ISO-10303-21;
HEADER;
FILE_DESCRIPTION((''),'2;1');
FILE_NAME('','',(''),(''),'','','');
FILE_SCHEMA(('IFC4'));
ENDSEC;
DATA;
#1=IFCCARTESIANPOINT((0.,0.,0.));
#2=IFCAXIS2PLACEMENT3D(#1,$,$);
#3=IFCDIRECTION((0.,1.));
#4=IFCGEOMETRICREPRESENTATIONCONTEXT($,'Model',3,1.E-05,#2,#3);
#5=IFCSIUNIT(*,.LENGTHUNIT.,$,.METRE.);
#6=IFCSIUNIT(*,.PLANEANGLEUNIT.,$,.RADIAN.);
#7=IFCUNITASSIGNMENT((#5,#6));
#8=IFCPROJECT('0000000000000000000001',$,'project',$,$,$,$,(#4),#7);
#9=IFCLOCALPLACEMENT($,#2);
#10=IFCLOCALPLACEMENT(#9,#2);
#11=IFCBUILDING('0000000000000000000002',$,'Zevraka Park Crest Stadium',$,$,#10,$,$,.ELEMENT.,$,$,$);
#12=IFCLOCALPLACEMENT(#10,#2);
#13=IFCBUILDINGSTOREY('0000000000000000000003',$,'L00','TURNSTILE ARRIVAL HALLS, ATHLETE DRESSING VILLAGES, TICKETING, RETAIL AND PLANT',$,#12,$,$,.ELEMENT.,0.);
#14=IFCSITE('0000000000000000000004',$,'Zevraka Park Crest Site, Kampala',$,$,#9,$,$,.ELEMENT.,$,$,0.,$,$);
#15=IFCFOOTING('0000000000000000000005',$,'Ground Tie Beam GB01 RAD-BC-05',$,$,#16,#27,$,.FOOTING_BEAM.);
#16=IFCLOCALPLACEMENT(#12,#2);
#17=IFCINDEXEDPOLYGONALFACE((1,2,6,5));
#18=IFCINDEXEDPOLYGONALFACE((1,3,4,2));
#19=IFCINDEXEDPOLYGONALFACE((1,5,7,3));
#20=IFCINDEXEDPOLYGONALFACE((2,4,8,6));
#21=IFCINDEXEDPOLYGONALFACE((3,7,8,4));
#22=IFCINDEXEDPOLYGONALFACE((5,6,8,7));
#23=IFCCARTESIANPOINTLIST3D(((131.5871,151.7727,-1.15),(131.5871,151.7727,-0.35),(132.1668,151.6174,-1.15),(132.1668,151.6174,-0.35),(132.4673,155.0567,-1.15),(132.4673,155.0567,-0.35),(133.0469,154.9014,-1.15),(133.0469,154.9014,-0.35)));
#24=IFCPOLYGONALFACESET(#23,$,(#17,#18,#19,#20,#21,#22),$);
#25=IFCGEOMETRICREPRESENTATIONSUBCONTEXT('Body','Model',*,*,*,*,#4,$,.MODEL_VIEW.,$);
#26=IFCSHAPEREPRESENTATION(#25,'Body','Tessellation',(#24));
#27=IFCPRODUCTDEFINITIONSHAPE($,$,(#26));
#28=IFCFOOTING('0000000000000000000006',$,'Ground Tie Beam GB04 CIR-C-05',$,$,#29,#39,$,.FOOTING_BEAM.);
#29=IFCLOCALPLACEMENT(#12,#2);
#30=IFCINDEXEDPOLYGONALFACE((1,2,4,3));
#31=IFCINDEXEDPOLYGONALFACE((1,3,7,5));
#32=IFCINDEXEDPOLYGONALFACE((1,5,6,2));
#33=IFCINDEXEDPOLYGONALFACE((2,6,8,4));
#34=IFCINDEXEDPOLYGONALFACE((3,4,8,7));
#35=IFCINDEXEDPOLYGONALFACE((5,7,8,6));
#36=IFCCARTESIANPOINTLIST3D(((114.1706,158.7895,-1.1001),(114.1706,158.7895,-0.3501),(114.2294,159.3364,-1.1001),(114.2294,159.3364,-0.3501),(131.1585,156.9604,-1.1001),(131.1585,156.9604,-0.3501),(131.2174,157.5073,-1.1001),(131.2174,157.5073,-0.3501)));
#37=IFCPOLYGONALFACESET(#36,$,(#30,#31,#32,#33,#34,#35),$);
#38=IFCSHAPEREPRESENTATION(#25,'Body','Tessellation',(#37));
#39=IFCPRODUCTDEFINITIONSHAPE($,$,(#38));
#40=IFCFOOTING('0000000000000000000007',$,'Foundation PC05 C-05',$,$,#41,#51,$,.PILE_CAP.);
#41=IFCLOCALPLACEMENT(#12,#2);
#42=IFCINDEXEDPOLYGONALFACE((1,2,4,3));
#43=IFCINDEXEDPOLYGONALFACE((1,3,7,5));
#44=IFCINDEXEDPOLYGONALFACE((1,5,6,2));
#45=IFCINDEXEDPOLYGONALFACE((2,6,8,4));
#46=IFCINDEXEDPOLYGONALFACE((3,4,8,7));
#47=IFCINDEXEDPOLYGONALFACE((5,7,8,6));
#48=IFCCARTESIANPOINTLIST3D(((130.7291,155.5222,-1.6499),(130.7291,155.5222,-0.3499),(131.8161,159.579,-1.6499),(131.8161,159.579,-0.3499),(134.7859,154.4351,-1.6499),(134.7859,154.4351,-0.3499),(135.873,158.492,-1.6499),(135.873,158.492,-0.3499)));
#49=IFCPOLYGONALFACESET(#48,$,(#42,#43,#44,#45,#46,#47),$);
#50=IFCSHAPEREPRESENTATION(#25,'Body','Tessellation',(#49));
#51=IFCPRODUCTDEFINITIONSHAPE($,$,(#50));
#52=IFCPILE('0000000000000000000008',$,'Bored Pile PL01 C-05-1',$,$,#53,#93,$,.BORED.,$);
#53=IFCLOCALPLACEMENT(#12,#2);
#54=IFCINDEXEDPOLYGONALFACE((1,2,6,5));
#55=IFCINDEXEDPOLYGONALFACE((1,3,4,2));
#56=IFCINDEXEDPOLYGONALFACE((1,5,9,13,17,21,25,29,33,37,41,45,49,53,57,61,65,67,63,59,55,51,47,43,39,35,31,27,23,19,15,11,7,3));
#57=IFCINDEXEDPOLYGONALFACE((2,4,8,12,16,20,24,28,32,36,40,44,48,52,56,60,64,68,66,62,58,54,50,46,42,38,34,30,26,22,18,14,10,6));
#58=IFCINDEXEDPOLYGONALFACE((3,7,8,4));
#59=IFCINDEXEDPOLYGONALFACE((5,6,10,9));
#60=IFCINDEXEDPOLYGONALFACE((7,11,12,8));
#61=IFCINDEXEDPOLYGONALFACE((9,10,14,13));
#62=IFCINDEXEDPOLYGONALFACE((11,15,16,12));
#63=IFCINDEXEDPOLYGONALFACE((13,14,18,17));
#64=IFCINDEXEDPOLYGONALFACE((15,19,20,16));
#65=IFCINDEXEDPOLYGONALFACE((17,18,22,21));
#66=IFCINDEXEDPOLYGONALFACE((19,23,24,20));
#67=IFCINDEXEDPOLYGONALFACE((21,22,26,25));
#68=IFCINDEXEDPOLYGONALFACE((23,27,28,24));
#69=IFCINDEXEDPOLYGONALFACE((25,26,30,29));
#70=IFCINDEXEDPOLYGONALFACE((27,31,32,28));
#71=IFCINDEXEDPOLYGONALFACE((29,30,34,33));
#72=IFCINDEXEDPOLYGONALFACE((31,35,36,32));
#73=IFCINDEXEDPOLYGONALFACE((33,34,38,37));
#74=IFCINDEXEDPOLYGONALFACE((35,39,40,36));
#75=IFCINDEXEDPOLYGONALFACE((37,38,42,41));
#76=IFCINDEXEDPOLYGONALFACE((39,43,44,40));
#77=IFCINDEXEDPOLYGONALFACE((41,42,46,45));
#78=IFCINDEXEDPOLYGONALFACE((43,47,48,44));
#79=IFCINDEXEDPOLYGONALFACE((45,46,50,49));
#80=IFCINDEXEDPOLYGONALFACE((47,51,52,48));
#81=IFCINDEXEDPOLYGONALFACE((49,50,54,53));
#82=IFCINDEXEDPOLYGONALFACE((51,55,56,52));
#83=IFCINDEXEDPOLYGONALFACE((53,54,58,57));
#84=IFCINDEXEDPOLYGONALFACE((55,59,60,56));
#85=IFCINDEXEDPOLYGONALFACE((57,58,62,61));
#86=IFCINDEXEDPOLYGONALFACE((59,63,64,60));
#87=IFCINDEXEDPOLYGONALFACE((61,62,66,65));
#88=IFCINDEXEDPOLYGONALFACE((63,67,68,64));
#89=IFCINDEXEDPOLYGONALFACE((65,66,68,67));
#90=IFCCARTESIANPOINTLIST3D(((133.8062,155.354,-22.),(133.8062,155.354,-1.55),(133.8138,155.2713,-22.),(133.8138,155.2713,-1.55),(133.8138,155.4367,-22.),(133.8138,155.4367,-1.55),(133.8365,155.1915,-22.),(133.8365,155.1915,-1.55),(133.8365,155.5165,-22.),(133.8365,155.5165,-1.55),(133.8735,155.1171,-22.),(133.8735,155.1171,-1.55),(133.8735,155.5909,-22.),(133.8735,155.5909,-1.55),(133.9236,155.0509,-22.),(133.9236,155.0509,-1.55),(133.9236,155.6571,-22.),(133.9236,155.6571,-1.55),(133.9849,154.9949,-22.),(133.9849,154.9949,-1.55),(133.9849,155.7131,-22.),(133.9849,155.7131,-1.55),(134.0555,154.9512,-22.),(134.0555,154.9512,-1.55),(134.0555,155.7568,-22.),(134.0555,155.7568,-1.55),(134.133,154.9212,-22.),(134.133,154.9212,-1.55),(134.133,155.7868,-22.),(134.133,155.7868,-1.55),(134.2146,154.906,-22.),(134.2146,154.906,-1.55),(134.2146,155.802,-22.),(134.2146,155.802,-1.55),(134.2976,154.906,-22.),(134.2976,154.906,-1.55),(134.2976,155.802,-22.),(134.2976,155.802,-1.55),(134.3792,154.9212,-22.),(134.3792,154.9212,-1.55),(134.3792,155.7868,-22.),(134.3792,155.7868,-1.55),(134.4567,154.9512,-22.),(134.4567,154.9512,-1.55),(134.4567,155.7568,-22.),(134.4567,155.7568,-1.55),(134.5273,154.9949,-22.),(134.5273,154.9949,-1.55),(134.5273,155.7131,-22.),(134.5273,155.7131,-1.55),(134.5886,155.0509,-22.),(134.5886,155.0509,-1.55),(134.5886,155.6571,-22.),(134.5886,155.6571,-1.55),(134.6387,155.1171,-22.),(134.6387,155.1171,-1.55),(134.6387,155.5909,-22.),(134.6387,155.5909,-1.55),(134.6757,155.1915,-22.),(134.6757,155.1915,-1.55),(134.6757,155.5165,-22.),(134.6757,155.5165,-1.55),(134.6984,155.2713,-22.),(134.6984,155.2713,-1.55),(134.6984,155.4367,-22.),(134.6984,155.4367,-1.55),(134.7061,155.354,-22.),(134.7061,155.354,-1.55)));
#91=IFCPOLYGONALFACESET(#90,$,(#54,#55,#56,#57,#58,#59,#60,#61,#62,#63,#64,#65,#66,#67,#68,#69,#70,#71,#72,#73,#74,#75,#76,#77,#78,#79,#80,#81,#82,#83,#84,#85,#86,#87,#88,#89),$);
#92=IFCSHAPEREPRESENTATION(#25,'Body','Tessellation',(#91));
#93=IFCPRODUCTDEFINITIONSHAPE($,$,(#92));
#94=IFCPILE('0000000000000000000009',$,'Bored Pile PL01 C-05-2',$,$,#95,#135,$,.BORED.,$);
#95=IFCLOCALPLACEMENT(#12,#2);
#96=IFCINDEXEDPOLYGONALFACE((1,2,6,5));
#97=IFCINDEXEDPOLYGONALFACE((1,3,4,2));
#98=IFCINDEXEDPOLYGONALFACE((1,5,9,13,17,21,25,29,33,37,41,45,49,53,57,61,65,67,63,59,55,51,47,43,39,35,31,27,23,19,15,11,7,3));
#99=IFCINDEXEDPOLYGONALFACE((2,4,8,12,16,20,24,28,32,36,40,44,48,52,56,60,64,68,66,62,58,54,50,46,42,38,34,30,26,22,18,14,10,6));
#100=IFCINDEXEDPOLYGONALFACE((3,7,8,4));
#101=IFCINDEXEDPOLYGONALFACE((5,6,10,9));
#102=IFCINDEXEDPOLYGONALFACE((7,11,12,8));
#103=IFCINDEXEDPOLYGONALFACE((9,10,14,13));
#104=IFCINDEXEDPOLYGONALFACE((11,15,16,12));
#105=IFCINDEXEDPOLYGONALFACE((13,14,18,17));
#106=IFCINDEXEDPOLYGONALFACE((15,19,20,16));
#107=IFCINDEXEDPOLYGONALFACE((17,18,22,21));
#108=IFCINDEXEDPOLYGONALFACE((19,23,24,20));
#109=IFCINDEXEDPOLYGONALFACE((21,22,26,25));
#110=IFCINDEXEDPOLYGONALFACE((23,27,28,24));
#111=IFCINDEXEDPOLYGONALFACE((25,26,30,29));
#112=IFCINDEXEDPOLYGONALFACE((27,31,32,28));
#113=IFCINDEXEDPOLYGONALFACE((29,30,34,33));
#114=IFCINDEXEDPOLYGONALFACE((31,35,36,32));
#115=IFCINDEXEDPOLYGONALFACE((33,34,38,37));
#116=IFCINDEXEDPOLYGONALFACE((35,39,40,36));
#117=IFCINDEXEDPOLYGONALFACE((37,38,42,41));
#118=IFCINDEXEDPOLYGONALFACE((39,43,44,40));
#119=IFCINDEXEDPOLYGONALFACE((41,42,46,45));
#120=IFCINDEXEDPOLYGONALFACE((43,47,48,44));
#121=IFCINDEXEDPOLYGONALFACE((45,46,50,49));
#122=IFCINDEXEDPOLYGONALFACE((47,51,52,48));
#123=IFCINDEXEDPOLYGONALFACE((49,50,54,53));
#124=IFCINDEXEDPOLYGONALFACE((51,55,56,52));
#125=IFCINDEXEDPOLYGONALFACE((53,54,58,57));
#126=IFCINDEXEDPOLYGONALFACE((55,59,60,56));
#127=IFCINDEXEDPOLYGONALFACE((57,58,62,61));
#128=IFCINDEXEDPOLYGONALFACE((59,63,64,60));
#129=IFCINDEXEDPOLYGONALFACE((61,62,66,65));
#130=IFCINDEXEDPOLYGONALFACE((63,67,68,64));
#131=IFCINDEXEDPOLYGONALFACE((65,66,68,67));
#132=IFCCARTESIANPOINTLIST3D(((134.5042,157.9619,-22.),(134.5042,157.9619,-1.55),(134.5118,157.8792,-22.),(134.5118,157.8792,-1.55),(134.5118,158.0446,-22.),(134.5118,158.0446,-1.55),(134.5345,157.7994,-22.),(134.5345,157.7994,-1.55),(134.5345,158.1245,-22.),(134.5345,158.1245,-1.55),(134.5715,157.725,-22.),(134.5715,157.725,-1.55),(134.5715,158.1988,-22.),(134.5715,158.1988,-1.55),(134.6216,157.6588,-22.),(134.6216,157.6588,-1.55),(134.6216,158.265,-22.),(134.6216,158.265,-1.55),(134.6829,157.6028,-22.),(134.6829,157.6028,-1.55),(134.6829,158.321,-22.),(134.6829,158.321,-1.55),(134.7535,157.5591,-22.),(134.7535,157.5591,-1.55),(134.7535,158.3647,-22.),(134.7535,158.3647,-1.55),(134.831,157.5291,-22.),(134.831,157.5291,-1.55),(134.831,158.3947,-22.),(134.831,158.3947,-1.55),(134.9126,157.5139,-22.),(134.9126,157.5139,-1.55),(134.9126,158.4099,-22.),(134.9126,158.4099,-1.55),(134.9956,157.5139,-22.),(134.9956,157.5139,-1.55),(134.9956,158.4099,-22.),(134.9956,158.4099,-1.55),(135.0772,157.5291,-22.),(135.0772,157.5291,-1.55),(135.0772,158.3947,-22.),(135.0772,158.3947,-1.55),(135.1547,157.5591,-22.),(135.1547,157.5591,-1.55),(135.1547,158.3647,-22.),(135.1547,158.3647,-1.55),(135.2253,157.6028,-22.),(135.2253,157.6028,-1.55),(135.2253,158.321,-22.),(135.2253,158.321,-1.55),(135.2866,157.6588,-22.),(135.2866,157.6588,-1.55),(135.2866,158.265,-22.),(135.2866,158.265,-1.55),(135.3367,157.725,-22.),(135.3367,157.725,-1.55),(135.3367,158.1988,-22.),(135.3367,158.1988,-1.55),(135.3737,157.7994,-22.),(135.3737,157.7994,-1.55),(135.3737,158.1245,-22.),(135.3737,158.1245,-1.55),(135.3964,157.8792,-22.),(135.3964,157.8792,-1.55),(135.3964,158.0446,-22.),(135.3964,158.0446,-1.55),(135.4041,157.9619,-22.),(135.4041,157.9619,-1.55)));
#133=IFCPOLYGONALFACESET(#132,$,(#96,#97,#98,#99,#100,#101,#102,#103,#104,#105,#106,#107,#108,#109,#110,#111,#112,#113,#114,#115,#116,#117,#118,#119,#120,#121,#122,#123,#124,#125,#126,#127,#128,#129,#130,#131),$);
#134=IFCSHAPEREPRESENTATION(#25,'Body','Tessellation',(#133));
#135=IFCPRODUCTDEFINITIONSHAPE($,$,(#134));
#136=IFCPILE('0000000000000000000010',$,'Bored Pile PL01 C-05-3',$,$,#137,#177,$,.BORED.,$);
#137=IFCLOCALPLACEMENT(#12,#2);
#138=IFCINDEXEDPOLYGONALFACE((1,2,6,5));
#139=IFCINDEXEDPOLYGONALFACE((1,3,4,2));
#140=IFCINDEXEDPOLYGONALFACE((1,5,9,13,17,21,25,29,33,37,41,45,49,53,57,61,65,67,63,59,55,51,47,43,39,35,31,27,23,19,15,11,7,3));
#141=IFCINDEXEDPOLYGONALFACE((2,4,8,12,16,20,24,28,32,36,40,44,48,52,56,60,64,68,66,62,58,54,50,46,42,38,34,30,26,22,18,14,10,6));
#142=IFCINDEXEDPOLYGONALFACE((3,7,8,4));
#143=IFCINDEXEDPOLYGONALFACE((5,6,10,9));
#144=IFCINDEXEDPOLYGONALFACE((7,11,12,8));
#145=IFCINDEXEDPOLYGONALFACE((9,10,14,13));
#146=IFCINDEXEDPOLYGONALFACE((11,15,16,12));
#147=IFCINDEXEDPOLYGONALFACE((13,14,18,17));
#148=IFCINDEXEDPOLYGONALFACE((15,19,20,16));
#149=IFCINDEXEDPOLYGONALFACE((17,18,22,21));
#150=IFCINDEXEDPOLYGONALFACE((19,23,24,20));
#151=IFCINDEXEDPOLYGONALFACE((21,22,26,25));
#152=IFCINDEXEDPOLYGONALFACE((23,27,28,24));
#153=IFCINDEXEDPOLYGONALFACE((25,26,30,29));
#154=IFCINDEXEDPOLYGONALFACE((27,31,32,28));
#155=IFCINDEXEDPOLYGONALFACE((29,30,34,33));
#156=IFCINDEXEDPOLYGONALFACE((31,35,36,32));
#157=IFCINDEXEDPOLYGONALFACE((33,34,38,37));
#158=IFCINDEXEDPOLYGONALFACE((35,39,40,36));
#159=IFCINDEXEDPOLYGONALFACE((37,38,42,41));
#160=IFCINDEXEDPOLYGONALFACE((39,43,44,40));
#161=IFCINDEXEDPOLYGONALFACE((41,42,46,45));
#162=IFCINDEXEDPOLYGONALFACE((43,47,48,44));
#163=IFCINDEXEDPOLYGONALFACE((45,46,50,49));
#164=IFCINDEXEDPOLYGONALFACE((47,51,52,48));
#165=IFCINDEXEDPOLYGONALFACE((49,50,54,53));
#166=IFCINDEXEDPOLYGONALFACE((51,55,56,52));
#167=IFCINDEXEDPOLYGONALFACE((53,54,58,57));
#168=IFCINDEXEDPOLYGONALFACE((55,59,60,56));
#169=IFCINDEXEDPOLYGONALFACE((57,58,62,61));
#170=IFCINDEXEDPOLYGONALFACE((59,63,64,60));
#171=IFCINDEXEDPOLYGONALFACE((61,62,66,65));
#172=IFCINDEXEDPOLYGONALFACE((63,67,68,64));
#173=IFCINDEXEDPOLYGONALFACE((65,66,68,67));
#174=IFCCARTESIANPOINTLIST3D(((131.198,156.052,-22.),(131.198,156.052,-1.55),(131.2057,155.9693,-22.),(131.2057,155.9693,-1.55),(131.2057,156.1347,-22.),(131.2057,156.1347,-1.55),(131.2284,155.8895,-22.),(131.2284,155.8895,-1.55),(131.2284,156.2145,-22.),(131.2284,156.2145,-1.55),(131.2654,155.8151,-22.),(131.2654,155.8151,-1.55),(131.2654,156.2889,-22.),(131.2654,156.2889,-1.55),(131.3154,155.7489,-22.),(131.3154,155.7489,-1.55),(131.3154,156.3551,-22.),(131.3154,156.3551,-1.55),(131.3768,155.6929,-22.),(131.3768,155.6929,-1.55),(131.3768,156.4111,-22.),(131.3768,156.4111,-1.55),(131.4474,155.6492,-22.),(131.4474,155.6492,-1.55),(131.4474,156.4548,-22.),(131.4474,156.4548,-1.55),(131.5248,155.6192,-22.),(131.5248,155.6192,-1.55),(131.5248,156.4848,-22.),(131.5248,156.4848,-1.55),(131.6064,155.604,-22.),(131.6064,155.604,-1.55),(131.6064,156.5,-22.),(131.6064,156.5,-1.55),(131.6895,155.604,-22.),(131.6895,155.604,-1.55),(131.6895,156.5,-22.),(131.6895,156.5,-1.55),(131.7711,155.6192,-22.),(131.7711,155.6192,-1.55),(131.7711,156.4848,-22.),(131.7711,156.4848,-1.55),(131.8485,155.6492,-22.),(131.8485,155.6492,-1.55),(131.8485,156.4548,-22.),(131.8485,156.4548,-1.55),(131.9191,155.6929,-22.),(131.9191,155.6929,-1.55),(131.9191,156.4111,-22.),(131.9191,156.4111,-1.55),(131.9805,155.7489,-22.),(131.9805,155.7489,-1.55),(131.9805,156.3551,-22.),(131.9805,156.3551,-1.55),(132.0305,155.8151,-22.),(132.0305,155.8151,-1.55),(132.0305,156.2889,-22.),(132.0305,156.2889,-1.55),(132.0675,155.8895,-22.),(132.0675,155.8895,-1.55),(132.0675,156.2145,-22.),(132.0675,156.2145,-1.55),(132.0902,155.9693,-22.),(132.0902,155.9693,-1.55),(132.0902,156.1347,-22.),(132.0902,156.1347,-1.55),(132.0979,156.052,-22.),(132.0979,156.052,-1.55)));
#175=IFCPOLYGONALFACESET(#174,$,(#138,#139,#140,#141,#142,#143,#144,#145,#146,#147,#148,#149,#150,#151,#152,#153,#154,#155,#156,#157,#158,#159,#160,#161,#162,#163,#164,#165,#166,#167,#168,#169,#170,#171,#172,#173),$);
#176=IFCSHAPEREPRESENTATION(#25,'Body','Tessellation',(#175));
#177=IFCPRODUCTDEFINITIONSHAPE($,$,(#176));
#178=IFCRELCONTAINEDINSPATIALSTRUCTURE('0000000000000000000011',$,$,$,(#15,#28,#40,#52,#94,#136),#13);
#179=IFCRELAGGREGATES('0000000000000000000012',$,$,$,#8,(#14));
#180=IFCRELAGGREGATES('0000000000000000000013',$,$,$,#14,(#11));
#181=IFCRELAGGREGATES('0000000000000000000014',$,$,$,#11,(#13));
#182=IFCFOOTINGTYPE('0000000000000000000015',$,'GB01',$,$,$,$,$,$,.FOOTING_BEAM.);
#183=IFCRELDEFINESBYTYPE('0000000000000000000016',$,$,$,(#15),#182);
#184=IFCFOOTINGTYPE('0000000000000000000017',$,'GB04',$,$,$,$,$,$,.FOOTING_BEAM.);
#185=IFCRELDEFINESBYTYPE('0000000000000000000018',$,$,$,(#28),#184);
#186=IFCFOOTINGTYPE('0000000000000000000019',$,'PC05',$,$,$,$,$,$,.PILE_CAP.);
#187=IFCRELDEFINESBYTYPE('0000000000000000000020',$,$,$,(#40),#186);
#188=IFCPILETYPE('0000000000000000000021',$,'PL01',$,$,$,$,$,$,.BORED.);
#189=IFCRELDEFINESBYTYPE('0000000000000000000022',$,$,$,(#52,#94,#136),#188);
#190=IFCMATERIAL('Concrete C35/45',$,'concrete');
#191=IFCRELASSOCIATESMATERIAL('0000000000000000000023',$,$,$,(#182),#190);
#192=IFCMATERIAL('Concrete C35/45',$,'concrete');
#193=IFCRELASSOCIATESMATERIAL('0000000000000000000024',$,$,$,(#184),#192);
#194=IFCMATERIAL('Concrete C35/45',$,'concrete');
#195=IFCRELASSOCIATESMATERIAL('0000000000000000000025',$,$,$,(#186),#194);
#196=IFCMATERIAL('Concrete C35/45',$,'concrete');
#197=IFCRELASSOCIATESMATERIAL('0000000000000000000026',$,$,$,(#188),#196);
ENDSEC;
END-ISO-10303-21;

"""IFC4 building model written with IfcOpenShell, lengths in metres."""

from ifc_helpers import new_model, si_unit, direction, frame, origin, origin_2d, place, context, subcontext, project, spatial, rectangle, circle, extrude, material, material_profile, profile_set, type_object, element, save


model = new_model("IFC4")

# Units and contexts
model_context = context("Model", 3, precision=1e-05, world=origin(), true_north=direction((0.0, 1.0)))
body_context = subcontext(model_context, "Body", "Model", "MODEL_VIEW")
ifc_project = project(units=[si_unit("LENGTHUNIT", "METRE"), si_unit("PLANEANGLEUNIT", "RADIAN")], contexts=[model_context])

# Site, building, storey
site_placement = place(None, origin())
site = spatial("IfcSite", under=ifc_project, at=site_placement, Name="Zevraka Park Crest Site, Kampala", CompositionType="ELEMENT", RefElevation=0.0)
building_placement = place(site_placement, origin())
building = spatial("IfcBuilding", under=site, at=building_placement, Name="Zevraka Park Crest Stadium", CompositionType="ELEMENT")
storey_placement = place(building_placement, origin())
storey = spatial("IfcBuildingStorey", under=building, at=storey_placement, Name="L00", Description="TURNSTILE ARRIVAL HALLS, ATHLETE DRESSING VILLAGES, TICKETING, RETAIL AND PLANT", CompositionType="ELEMENT", Elevation=0.0)

# Footings
ifc_material_1 = material(Name="Concrete C35/45", Category="concrete")
ifc_material_profile_1 = material_profile(ifc_material_1, rectangle(XDim=0.6001, YDim=0.8, at=origin_2d()), Name="GB 800x600")
ifc_profile_set_1 = profile_set([ifc_material_profile_1], Name="Concrete C35/45")
footing_type_1 = type_object("IfcFootingType", Name="GB01", PredefinedType="FOOTING_BEAM", material=ifc_profile_set_1)
footing_1_placement = place(storey_placement, frame((131.877, 151.6951, -0.75), z_axis=(0.258874, 0.965911, 0.0), x_axis=(-0.965911, 0.258874, 0.0)))
element("IfcFooting", 1, at=footing_1_placement, inside=storey, type_object=footing_type_1, Name="Ground Tie Beam GB01 RAD-BC-05", PredefinedType="FOOTING_BEAM", context=body_context, shape_type="SweptSolid", body=[
    extrude(rectangle(XDim=0.6001, YDim=0.8, at=origin_2d()), origin(), (0.0, 0.0, 1.0), 3.3999),
])
ifc_material_2 = material(Name="Concrete C35/45", Category="concrete")
ifc_material_profile_2 = material_profile(ifc_material_2, rectangle(XDim=0.55, YDim=0.75, at=origin_2d()), Name="GB 750x550")
ifc_profile_set_2 = profile_set([ifc_material_profile_2], Name="Concrete C35/45")
footing_type_2 = type_object("IfcFootingType", Name="GB04", PredefinedType="FOOTING_BEAM", material=ifc_profile_set_2)
footing_2_placement = place(storey_placement, frame((131.188, 157.2339, -0.7251), z_axis=(-0.994254, 0.107051, 0.0), x_axis=(-0.107051, -0.994254, 0.0)))
element("IfcFooting", 2, at=footing_2_placement, inside=storey, type_object=footing_type_2, Name="Ground Tie Beam GB04 CIR-C-05", PredefinedType="FOOTING_BEAM", context=body_context, shape_type="SweptSolid", body=[
    extrude(rectangle(XDim=0.55, YDim=0.75, at=origin_2d()), origin(), (0.0, 0.0, 1.0), 17.0862),
])
ifc_material_3 = material(Name="Concrete C35/45", Category="concrete")
footing_type_3 = type_object("IfcFootingType", Name="PC05", PredefinedType="PILE_CAP", material=ifc_material_3)
footing_3_placement = place(storey_placement, frame((133.301, 157.0071, -1.6499), z_axis=(0.0, 0.0, 1.0), x_axis=(0.258819, 0.965926, 0.0)))
element("IfcFooting", 3, at=footing_3_placement, inside=storey, type_object=footing_type_3, Name="Foundation PC05 C-05", PredefinedType="PILE_CAP", context=body_context, shape_type="SweptSolid", body=[
    extrude(rectangle(XDim=4.2, YDim=4.2, at=origin_2d()), origin(), (0.0, 0.0, 1.0), 1.3),
])

# Piles
ifc_material_4 = material(Name="Concrete C35/45", Category="concrete")
ifc_material_profile_3 = material_profile(ifc_material_4, circle(Radius=0.45, at=origin_2d()), Name="PILE D900")
ifc_profile_set_3 = profile_set([ifc_material_profile_3], Name="Concrete C35/45")
pile_type = type_object("IfcPileType", Name="PL01", PredefinedType="BORED", material=ifc_profile_set_3)
for number, where, z_axis, x_axis, name in (
    (4, (134.2561, 155.354, -1.55), (0.0, 0.0, -1.0), (1.0, 0.0, 0.0), "Bored Pile PL01 C-05-1"),
    (5, (134.9541, 157.9619, -1.55), (0.0, 0.0, -1.0), (1.0, 0.0, 0.0), "Bored Pile PL01 C-05-2"),
    (6, (131.6479, 156.052, -1.55), (0.0, 0.0, -1.0), (1.0, 0.0, 0.0), "Bored Pile PL01 C-05-3"),
):
    element("IfcPile", number, at=place(storey_placement, frame(where, z_axis=z_axis, x_axis=x_axis)), inside=storey, type_object=pile_type, Name=name, PredefinedType="BORED", context=body_context, shape_type="SweptSolid", body=[
        extrude(circle(Radius=0.45, at=origin_2d()), origin(), (0.0, 0.0, 1.0), 20.45),
    ])

save(model, "model.ifc")
